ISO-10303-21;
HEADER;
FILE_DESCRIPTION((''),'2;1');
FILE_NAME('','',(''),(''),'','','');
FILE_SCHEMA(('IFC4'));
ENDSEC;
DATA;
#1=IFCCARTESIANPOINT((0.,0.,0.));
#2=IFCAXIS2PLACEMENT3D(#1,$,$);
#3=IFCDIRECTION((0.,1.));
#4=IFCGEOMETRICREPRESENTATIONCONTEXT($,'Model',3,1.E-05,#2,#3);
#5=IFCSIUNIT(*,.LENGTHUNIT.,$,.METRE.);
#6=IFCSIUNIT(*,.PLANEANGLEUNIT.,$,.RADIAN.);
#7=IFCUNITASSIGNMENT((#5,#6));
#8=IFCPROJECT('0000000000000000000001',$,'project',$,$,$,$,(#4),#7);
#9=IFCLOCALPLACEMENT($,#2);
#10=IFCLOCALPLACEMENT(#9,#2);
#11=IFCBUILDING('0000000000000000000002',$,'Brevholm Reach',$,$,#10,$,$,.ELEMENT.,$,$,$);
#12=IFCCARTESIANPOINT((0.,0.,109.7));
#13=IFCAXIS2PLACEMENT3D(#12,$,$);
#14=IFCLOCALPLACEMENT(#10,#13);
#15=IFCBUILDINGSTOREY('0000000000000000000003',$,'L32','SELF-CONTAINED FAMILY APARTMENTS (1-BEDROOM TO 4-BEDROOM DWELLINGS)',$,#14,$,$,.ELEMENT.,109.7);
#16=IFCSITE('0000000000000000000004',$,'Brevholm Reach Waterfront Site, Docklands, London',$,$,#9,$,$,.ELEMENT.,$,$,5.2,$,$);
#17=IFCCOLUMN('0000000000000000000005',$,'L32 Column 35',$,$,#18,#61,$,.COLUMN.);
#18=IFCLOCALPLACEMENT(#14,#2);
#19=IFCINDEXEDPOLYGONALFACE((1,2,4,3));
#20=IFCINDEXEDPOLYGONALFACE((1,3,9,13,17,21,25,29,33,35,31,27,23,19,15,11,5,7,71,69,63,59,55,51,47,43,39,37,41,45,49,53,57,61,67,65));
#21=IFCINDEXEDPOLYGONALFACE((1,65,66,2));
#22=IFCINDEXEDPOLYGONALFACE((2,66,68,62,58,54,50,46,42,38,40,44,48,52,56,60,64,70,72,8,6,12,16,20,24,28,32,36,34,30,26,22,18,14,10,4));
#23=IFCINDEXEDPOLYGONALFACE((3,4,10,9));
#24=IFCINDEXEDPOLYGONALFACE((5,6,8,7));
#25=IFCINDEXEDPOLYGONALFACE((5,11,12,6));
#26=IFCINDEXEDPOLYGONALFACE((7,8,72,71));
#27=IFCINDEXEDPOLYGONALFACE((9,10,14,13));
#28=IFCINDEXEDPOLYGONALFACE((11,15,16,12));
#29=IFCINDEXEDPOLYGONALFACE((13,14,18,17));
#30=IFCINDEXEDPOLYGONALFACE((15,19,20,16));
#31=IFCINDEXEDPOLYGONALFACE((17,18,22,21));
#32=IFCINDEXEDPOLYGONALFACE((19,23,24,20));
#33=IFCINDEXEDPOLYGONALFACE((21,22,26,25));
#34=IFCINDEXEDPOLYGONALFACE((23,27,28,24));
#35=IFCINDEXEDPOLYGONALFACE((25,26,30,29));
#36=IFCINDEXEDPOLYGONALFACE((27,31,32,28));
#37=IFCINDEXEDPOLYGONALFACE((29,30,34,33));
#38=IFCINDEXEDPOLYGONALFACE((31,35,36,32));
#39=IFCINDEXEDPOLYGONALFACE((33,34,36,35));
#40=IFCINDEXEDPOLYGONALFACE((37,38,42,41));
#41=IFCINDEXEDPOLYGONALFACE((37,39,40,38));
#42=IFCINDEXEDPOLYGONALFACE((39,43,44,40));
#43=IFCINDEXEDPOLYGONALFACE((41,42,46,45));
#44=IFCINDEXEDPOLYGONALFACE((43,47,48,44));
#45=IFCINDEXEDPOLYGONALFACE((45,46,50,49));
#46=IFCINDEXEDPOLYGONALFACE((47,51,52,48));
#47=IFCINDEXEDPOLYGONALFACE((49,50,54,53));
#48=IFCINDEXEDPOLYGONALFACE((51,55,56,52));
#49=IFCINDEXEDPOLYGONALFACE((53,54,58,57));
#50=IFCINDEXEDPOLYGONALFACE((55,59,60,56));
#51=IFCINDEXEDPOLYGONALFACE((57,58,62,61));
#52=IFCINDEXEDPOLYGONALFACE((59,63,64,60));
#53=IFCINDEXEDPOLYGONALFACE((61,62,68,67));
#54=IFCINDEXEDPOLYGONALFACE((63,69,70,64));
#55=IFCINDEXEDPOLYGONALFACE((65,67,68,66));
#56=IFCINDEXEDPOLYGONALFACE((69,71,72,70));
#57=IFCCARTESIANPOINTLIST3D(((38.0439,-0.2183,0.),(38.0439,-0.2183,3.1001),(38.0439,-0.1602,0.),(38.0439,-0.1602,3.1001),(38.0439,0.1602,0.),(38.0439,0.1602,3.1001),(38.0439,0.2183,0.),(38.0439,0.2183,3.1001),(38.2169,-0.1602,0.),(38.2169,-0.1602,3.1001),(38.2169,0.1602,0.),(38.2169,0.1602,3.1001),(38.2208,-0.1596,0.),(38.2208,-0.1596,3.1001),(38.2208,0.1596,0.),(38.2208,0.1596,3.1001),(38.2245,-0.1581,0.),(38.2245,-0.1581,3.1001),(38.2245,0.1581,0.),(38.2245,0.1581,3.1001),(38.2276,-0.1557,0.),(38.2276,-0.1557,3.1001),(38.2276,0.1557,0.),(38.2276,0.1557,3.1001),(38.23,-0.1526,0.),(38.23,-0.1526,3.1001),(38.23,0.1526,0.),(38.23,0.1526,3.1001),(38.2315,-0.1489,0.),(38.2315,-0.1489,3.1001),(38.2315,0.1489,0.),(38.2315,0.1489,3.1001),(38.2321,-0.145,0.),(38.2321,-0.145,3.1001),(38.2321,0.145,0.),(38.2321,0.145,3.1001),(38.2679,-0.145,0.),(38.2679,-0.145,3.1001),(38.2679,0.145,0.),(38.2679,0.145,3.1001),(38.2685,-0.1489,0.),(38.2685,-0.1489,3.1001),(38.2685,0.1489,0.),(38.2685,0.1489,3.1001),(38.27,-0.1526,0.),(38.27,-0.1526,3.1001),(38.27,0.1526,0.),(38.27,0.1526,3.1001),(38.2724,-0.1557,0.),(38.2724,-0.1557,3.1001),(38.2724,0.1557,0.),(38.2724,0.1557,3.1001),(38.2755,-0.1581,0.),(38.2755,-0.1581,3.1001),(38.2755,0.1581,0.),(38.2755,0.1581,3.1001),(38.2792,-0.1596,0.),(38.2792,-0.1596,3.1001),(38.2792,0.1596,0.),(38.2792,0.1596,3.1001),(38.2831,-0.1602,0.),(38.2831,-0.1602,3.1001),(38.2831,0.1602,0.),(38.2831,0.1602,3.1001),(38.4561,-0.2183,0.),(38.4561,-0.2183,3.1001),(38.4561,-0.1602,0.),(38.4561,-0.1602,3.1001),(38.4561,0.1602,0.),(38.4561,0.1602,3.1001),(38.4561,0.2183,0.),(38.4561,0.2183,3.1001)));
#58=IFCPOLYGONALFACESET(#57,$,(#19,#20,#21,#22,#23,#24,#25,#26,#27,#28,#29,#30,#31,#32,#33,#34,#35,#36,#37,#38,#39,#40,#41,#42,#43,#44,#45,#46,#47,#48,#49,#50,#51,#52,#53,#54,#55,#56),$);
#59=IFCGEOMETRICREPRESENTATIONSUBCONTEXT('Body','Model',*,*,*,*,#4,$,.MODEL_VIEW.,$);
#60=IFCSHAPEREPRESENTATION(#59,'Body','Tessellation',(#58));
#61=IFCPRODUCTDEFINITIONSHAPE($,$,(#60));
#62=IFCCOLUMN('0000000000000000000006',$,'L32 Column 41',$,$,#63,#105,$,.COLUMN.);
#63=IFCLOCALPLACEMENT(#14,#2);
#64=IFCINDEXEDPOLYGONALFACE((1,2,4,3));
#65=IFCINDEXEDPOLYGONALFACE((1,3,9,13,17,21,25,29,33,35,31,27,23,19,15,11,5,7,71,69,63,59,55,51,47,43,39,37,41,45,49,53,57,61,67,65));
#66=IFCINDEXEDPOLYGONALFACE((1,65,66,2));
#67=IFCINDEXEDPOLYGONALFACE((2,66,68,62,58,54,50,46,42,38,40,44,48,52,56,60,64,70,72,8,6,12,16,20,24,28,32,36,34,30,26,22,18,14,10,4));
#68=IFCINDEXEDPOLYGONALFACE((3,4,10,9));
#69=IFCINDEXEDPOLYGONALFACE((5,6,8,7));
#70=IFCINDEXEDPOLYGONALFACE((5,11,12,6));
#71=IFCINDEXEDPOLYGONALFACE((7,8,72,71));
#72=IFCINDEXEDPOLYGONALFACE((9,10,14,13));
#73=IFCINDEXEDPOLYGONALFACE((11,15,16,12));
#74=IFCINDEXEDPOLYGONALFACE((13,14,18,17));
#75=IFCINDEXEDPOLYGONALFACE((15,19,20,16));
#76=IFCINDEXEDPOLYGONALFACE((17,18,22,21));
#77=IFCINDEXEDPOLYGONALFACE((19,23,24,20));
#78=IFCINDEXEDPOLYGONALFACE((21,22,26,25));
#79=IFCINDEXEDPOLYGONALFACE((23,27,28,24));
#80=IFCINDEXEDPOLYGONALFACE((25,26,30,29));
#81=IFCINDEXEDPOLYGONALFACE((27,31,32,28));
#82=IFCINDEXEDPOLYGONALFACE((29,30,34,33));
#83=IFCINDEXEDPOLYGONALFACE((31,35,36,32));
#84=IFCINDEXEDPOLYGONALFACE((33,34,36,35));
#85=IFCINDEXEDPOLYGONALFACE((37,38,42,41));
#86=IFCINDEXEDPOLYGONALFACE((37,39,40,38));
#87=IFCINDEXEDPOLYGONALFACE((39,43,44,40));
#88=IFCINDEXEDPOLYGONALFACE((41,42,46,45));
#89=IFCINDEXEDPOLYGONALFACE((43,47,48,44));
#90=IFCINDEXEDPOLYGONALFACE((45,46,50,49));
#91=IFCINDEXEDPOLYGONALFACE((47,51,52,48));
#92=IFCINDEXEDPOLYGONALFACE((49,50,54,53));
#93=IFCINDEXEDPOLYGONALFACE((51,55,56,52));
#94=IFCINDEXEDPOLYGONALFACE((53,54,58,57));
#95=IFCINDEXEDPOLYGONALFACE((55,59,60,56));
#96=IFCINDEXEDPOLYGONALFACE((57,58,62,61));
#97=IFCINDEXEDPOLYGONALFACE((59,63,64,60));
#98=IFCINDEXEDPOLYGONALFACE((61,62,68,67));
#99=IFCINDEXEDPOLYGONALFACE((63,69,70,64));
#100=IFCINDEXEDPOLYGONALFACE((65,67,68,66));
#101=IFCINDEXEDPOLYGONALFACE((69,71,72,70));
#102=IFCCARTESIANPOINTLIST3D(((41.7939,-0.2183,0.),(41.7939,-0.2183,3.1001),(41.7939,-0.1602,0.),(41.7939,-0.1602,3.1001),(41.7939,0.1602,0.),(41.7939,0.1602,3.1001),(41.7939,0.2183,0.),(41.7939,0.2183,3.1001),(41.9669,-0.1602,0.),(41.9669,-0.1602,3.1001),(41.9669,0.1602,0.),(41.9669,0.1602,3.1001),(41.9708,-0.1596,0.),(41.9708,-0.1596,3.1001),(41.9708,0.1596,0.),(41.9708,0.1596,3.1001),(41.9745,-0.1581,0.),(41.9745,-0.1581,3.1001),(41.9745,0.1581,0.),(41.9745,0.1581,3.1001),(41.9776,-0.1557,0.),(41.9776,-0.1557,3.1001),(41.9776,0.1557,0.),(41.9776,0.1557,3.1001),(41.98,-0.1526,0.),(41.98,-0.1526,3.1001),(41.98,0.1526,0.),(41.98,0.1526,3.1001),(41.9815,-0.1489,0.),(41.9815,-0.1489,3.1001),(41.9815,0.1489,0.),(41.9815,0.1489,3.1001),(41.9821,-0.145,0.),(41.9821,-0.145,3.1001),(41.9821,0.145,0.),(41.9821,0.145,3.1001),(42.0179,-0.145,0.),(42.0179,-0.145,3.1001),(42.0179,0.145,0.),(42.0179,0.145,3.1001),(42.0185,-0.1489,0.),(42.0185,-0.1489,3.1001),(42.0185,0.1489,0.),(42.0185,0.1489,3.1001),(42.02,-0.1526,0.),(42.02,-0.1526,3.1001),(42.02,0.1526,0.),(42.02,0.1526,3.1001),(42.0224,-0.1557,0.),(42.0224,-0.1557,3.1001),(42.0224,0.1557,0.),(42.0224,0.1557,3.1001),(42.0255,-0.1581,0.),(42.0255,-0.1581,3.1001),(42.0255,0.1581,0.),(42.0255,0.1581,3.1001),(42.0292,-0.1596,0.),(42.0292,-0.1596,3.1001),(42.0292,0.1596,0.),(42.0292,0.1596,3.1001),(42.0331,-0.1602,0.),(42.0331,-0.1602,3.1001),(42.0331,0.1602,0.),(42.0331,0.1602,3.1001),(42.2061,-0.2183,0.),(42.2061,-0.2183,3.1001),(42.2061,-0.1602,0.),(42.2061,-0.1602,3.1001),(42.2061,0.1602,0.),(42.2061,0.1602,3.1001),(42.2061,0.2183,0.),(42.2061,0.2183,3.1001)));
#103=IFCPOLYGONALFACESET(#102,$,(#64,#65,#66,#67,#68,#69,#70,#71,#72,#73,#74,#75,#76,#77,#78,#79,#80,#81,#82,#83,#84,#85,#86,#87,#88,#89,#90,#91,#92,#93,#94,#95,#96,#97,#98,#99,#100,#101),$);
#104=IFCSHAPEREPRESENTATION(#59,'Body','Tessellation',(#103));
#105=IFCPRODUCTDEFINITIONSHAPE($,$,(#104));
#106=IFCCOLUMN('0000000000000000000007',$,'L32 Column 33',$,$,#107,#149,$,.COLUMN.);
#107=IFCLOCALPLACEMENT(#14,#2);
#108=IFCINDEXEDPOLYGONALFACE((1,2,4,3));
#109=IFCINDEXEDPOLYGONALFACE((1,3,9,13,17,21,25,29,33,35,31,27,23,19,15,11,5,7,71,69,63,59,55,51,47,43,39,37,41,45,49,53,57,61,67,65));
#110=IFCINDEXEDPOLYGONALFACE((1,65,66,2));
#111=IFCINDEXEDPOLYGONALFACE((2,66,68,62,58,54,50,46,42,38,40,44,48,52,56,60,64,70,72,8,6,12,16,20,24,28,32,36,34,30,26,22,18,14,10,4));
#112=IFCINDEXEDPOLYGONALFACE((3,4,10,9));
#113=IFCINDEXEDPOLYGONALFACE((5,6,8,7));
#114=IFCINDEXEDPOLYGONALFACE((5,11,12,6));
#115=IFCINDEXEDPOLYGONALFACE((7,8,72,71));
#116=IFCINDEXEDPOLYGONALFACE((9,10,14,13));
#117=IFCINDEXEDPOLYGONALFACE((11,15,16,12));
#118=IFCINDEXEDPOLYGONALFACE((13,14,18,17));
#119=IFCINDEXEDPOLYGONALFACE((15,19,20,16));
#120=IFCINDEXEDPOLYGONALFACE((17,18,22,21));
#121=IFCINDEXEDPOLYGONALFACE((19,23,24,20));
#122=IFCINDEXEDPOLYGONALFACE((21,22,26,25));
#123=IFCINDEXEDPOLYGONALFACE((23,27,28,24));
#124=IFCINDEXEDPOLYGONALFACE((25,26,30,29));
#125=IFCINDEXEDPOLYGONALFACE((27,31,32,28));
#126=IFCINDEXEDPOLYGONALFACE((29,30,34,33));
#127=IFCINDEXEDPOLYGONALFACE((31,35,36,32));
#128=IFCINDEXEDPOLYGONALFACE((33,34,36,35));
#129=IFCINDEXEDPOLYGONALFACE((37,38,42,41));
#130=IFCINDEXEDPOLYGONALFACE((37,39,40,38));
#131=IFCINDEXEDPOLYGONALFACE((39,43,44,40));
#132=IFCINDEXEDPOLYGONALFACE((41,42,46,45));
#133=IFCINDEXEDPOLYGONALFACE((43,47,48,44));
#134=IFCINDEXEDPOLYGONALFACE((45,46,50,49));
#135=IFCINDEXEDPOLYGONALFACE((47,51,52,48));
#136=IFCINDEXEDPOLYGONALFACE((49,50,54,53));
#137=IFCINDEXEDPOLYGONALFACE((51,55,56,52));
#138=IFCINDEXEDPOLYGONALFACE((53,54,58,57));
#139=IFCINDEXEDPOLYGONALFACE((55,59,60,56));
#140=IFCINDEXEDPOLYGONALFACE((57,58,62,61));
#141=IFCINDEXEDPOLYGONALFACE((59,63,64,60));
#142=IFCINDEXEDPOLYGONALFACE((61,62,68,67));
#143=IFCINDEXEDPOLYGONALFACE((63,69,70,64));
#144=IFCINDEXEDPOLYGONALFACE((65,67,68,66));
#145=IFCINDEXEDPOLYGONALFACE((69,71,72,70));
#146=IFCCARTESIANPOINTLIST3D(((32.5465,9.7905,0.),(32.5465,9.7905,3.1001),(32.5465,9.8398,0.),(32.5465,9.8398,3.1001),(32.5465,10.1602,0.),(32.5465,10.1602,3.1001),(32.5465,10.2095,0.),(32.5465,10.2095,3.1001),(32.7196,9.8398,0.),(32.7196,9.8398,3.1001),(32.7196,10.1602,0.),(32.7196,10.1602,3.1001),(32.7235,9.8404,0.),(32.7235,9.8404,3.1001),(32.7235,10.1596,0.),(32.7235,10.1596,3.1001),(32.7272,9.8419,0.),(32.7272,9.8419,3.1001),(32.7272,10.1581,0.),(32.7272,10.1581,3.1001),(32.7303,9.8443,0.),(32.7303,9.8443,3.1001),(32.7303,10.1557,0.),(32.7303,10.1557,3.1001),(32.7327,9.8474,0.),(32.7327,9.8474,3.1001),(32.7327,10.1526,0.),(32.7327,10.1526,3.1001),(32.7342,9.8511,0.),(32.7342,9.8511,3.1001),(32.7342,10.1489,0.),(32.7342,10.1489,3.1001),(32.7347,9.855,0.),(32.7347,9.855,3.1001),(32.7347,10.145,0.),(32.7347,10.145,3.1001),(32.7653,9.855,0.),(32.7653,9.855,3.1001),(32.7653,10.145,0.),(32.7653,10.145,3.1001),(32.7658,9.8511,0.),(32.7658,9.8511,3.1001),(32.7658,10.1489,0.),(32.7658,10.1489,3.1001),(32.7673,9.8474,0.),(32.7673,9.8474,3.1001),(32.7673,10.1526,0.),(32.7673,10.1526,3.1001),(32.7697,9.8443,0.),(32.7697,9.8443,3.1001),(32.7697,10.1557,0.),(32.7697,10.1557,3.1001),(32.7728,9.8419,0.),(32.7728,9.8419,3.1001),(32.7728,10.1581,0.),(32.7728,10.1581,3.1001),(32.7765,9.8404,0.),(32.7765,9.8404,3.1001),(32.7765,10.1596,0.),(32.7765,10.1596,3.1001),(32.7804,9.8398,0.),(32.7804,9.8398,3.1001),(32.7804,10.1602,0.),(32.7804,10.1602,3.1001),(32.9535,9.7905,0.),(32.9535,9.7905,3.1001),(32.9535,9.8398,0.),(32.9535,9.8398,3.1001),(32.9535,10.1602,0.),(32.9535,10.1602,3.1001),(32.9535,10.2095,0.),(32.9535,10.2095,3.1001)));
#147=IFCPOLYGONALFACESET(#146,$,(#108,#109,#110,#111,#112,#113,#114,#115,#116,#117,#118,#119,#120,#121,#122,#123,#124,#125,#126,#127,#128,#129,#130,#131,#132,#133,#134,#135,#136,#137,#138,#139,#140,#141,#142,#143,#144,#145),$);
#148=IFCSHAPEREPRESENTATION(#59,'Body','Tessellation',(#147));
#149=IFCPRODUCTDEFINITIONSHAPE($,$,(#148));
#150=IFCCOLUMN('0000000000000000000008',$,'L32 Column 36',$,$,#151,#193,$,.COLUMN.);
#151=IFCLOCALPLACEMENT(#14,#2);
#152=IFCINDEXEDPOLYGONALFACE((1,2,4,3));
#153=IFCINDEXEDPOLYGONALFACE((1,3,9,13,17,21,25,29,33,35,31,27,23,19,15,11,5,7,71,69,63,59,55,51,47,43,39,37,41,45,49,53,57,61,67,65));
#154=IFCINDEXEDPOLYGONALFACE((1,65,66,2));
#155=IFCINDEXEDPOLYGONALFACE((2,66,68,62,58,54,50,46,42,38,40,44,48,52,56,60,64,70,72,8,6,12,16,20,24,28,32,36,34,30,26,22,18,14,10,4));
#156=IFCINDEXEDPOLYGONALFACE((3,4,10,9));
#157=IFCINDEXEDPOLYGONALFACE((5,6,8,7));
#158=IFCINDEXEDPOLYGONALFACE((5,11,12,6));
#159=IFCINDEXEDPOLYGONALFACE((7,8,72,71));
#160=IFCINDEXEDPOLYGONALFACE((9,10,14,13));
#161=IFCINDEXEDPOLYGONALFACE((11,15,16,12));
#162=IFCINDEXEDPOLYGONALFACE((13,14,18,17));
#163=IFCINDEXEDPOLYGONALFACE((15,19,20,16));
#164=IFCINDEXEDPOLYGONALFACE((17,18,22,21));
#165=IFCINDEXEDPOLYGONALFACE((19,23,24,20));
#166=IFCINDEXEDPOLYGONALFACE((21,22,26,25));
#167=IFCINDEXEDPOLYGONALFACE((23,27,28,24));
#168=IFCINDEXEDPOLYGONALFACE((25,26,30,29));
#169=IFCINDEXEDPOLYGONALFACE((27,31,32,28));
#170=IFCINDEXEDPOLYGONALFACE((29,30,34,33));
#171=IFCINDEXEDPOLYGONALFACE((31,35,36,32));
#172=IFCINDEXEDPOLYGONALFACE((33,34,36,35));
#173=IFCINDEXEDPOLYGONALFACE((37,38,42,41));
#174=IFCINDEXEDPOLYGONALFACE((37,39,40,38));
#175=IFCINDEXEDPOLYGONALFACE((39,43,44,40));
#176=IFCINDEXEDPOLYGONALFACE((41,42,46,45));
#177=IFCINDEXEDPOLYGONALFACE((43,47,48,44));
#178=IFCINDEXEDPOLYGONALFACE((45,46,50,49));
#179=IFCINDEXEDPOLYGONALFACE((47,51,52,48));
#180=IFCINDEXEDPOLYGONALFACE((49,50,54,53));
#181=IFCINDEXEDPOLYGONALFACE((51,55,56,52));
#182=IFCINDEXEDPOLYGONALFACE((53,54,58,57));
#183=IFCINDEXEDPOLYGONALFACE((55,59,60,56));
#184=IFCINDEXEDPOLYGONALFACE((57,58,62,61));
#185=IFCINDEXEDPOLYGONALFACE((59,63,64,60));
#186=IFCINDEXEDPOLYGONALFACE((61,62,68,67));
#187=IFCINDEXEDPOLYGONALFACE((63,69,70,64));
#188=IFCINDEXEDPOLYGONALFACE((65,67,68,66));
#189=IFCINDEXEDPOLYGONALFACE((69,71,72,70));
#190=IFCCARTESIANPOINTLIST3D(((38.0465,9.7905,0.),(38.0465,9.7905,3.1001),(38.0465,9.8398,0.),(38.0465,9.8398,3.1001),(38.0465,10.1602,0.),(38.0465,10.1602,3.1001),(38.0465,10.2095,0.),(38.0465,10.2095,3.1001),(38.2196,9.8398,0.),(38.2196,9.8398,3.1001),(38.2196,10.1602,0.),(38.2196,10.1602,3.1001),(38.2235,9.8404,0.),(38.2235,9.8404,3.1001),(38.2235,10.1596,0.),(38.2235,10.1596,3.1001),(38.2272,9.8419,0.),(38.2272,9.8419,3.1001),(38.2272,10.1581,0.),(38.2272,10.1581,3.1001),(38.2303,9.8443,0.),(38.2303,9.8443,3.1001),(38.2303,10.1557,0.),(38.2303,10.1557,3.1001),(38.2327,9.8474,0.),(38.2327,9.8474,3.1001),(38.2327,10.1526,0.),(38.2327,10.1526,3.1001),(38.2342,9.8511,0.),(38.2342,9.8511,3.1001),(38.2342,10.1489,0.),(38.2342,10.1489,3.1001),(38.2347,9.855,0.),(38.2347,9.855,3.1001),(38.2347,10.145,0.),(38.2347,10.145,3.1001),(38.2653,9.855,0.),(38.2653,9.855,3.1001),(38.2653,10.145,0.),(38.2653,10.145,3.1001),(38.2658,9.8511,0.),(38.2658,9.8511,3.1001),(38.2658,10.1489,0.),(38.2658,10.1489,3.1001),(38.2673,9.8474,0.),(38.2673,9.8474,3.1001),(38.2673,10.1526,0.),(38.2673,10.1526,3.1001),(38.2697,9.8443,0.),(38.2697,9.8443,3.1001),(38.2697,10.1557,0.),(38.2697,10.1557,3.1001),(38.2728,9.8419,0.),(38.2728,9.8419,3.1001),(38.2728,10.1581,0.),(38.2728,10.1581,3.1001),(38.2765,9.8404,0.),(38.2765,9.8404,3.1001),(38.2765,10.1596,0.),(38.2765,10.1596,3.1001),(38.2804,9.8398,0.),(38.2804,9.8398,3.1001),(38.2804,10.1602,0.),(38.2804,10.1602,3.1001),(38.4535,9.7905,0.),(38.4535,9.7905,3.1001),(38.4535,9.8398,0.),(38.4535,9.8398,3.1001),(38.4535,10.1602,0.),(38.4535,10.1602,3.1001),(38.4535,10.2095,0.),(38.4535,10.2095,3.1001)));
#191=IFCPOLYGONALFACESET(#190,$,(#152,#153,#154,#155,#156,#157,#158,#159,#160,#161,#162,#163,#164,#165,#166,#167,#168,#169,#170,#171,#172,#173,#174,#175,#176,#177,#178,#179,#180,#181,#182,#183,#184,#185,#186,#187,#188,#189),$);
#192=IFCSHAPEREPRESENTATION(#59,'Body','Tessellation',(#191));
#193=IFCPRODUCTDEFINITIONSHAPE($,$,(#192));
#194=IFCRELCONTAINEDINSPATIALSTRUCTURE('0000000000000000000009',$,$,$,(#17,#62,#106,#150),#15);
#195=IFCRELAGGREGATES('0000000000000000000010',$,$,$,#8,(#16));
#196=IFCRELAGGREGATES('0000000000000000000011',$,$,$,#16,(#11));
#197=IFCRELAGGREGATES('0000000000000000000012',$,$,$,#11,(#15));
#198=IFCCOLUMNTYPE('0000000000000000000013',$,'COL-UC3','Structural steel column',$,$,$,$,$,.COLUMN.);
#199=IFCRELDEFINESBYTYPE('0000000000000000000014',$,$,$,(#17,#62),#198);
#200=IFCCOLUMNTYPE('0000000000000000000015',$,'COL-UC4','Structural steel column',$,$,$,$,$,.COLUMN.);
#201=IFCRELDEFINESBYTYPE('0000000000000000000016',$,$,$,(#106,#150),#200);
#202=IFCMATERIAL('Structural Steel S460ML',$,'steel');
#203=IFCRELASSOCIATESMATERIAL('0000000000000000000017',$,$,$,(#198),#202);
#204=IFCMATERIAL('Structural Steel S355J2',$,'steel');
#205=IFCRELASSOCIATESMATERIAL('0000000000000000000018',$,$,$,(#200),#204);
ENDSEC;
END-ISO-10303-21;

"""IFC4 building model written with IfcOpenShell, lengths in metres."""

from ifc_helpers import new_model, si_unit, direction, frame, origin, origin_2d, place, context, subcontext, project, spatial, i_section, extrude, material, material_profile, profile_set, type_object, element, save


model = new_model("IFC4")

# Units and contexts
model_context = context("Model", 3, precision=1e-05, world=origin(), true_north=direction((0.0, 1.0)))
body_context = subcontext(model_context, "Body", "Model", "MODEL_VIEW")
ifc_project = project(units=[si_unit("LENGTHUNIT", "METRE"), si_unit("PLANEANGLEUNIT", "RADIAN")], contexts=[model_context])

# Site, building, storey
site_placement = place(None, origin())
site = spatial("IfcSite", under=ifc_project, at=site_placement, Name="Brevholm Reach Waterfront Site, Docklands, London", CompositionType="ELEMENT", RefElevation=5.2)
building_placement = place(site_placement, origin())
building = spatial("IfcBuilding", under=site, at=building_placement, Name="Brevholm Reach", CompositionType="ELEMENT")
storey_placement = place(building_placement, frame((0.0, 0.0, 109.7)))
storey = spatial("IfcBuildingStorey", under=building, at=storey_placement, Name="L32", Description="SELF-CONTAINED FAMILY APARTMENTS (1-BEDROOM TO 4-BEDROOM DWELLINGS)", CompositionType="ELEMENT", Elevation=109.7)

# Columns
ifc_material_1 = material(Name="Structural Steel S460ML", Category="steel")
ifc_material_profile_1 = material_profile(ifc_material_1, i_section(OverallWidth=0.4121, OverallDepth=0.4365, WebThickness=0.0359, FlangeThickness=0.0581, FilletRadius=0.0151, at=origin_2d()), Name="UKC 356x406x467")
ifc_profile_set_1 = profile_set([ifc_material_profile_1], Name="Structural Steel S460ML")
column_type_1 = type_object("IfcColumnType", Name="COL-UC3", Description="Structural steel column", PredefinedType="COLUMN", material=ifc_profile_set_1)
for number, where, z_axis, x_axis, name in (
    (1, (38.25, 0.0, 0.0), (0.0, 0.0, 1.0), (1.0, 0.0, 0.0), "L32 Column 35"),
    (2, (42.0, 0.0, 0.0), (0.0, 0.0, 1.0), (1.0, 0.0, 0.0), "L32 Column 41"),
):
    element("IfcColumn", number, at=place(storey_placement, frame(where, z_axis=z_axis, x_axis=x_axis)), inside=storey, type_object=column_type_1, Name=name, PredefinedType="COLUMN", context=body_context, shape_type="SweptSolid", body=[
        extrude(i_section(OverallWidth=0.4121, OverallDepth=0.4365, WebThickness=0.0359, FlangeThickness=0.0581, FilletRadius=0.0151, at=origin_2d()), origin(), (0.0, 0.0, 1.0), 3.1001),
    ])
ifc_material_2 = material(Name="Structural Steel S355J2", Category="steel")
ifc_material_profile_2 = material_profile(ifc_material_2, i_section(OverallWidth=0.407, OverallDepth=0.4189, WebThickness=0.0305, FlangeThickness=0.0493, FilletRadius=0.0151, at=origin_2d()), Name="UKC 356x406x393")
ifc_profile_set_2 = profile_set([ifc_material_profile_2], Name="Structural Steel S355J2")
column_type_2 = type_object("IfcColumnType", Name="COL-UC4", Description="Structural steel column", PredefinedType="COLUMN", material=ifc_profile_set_2)
for number, where, z_axis, x_axis, name in (
    (3, (32.75, 10.0, 0.0), (0.0, 0.0, 1.0), (1.0, 0.0, 0.0), "L32 Column 33"),
    (4, (38.25, 10.0, 0.0), (0.0, 0.0, 1.0), (1.0, 0.0, 0.0), "L32 Column 36"),
):
    element("IfcColumn", number, at=place(storey_placement, frame(where, z_axis=z_axis, x_axis=x_axis)), inside=storey, type_object=column_type_2, Name=name, PredefinedType="COLUMN", context=body_context, shape_type="SweptSolid", body=[
        extrude(i_section(OverallWidth=0.407, OverallDepth=0.4189, WebThickness=0.0305, FlangeThickness=0.0493, FilletRadius=0.0151, at=origin_2d()), origin(), (0.0, 0.0, 1.0), 3.1001),
    ])

save(model, "model.ifc")
